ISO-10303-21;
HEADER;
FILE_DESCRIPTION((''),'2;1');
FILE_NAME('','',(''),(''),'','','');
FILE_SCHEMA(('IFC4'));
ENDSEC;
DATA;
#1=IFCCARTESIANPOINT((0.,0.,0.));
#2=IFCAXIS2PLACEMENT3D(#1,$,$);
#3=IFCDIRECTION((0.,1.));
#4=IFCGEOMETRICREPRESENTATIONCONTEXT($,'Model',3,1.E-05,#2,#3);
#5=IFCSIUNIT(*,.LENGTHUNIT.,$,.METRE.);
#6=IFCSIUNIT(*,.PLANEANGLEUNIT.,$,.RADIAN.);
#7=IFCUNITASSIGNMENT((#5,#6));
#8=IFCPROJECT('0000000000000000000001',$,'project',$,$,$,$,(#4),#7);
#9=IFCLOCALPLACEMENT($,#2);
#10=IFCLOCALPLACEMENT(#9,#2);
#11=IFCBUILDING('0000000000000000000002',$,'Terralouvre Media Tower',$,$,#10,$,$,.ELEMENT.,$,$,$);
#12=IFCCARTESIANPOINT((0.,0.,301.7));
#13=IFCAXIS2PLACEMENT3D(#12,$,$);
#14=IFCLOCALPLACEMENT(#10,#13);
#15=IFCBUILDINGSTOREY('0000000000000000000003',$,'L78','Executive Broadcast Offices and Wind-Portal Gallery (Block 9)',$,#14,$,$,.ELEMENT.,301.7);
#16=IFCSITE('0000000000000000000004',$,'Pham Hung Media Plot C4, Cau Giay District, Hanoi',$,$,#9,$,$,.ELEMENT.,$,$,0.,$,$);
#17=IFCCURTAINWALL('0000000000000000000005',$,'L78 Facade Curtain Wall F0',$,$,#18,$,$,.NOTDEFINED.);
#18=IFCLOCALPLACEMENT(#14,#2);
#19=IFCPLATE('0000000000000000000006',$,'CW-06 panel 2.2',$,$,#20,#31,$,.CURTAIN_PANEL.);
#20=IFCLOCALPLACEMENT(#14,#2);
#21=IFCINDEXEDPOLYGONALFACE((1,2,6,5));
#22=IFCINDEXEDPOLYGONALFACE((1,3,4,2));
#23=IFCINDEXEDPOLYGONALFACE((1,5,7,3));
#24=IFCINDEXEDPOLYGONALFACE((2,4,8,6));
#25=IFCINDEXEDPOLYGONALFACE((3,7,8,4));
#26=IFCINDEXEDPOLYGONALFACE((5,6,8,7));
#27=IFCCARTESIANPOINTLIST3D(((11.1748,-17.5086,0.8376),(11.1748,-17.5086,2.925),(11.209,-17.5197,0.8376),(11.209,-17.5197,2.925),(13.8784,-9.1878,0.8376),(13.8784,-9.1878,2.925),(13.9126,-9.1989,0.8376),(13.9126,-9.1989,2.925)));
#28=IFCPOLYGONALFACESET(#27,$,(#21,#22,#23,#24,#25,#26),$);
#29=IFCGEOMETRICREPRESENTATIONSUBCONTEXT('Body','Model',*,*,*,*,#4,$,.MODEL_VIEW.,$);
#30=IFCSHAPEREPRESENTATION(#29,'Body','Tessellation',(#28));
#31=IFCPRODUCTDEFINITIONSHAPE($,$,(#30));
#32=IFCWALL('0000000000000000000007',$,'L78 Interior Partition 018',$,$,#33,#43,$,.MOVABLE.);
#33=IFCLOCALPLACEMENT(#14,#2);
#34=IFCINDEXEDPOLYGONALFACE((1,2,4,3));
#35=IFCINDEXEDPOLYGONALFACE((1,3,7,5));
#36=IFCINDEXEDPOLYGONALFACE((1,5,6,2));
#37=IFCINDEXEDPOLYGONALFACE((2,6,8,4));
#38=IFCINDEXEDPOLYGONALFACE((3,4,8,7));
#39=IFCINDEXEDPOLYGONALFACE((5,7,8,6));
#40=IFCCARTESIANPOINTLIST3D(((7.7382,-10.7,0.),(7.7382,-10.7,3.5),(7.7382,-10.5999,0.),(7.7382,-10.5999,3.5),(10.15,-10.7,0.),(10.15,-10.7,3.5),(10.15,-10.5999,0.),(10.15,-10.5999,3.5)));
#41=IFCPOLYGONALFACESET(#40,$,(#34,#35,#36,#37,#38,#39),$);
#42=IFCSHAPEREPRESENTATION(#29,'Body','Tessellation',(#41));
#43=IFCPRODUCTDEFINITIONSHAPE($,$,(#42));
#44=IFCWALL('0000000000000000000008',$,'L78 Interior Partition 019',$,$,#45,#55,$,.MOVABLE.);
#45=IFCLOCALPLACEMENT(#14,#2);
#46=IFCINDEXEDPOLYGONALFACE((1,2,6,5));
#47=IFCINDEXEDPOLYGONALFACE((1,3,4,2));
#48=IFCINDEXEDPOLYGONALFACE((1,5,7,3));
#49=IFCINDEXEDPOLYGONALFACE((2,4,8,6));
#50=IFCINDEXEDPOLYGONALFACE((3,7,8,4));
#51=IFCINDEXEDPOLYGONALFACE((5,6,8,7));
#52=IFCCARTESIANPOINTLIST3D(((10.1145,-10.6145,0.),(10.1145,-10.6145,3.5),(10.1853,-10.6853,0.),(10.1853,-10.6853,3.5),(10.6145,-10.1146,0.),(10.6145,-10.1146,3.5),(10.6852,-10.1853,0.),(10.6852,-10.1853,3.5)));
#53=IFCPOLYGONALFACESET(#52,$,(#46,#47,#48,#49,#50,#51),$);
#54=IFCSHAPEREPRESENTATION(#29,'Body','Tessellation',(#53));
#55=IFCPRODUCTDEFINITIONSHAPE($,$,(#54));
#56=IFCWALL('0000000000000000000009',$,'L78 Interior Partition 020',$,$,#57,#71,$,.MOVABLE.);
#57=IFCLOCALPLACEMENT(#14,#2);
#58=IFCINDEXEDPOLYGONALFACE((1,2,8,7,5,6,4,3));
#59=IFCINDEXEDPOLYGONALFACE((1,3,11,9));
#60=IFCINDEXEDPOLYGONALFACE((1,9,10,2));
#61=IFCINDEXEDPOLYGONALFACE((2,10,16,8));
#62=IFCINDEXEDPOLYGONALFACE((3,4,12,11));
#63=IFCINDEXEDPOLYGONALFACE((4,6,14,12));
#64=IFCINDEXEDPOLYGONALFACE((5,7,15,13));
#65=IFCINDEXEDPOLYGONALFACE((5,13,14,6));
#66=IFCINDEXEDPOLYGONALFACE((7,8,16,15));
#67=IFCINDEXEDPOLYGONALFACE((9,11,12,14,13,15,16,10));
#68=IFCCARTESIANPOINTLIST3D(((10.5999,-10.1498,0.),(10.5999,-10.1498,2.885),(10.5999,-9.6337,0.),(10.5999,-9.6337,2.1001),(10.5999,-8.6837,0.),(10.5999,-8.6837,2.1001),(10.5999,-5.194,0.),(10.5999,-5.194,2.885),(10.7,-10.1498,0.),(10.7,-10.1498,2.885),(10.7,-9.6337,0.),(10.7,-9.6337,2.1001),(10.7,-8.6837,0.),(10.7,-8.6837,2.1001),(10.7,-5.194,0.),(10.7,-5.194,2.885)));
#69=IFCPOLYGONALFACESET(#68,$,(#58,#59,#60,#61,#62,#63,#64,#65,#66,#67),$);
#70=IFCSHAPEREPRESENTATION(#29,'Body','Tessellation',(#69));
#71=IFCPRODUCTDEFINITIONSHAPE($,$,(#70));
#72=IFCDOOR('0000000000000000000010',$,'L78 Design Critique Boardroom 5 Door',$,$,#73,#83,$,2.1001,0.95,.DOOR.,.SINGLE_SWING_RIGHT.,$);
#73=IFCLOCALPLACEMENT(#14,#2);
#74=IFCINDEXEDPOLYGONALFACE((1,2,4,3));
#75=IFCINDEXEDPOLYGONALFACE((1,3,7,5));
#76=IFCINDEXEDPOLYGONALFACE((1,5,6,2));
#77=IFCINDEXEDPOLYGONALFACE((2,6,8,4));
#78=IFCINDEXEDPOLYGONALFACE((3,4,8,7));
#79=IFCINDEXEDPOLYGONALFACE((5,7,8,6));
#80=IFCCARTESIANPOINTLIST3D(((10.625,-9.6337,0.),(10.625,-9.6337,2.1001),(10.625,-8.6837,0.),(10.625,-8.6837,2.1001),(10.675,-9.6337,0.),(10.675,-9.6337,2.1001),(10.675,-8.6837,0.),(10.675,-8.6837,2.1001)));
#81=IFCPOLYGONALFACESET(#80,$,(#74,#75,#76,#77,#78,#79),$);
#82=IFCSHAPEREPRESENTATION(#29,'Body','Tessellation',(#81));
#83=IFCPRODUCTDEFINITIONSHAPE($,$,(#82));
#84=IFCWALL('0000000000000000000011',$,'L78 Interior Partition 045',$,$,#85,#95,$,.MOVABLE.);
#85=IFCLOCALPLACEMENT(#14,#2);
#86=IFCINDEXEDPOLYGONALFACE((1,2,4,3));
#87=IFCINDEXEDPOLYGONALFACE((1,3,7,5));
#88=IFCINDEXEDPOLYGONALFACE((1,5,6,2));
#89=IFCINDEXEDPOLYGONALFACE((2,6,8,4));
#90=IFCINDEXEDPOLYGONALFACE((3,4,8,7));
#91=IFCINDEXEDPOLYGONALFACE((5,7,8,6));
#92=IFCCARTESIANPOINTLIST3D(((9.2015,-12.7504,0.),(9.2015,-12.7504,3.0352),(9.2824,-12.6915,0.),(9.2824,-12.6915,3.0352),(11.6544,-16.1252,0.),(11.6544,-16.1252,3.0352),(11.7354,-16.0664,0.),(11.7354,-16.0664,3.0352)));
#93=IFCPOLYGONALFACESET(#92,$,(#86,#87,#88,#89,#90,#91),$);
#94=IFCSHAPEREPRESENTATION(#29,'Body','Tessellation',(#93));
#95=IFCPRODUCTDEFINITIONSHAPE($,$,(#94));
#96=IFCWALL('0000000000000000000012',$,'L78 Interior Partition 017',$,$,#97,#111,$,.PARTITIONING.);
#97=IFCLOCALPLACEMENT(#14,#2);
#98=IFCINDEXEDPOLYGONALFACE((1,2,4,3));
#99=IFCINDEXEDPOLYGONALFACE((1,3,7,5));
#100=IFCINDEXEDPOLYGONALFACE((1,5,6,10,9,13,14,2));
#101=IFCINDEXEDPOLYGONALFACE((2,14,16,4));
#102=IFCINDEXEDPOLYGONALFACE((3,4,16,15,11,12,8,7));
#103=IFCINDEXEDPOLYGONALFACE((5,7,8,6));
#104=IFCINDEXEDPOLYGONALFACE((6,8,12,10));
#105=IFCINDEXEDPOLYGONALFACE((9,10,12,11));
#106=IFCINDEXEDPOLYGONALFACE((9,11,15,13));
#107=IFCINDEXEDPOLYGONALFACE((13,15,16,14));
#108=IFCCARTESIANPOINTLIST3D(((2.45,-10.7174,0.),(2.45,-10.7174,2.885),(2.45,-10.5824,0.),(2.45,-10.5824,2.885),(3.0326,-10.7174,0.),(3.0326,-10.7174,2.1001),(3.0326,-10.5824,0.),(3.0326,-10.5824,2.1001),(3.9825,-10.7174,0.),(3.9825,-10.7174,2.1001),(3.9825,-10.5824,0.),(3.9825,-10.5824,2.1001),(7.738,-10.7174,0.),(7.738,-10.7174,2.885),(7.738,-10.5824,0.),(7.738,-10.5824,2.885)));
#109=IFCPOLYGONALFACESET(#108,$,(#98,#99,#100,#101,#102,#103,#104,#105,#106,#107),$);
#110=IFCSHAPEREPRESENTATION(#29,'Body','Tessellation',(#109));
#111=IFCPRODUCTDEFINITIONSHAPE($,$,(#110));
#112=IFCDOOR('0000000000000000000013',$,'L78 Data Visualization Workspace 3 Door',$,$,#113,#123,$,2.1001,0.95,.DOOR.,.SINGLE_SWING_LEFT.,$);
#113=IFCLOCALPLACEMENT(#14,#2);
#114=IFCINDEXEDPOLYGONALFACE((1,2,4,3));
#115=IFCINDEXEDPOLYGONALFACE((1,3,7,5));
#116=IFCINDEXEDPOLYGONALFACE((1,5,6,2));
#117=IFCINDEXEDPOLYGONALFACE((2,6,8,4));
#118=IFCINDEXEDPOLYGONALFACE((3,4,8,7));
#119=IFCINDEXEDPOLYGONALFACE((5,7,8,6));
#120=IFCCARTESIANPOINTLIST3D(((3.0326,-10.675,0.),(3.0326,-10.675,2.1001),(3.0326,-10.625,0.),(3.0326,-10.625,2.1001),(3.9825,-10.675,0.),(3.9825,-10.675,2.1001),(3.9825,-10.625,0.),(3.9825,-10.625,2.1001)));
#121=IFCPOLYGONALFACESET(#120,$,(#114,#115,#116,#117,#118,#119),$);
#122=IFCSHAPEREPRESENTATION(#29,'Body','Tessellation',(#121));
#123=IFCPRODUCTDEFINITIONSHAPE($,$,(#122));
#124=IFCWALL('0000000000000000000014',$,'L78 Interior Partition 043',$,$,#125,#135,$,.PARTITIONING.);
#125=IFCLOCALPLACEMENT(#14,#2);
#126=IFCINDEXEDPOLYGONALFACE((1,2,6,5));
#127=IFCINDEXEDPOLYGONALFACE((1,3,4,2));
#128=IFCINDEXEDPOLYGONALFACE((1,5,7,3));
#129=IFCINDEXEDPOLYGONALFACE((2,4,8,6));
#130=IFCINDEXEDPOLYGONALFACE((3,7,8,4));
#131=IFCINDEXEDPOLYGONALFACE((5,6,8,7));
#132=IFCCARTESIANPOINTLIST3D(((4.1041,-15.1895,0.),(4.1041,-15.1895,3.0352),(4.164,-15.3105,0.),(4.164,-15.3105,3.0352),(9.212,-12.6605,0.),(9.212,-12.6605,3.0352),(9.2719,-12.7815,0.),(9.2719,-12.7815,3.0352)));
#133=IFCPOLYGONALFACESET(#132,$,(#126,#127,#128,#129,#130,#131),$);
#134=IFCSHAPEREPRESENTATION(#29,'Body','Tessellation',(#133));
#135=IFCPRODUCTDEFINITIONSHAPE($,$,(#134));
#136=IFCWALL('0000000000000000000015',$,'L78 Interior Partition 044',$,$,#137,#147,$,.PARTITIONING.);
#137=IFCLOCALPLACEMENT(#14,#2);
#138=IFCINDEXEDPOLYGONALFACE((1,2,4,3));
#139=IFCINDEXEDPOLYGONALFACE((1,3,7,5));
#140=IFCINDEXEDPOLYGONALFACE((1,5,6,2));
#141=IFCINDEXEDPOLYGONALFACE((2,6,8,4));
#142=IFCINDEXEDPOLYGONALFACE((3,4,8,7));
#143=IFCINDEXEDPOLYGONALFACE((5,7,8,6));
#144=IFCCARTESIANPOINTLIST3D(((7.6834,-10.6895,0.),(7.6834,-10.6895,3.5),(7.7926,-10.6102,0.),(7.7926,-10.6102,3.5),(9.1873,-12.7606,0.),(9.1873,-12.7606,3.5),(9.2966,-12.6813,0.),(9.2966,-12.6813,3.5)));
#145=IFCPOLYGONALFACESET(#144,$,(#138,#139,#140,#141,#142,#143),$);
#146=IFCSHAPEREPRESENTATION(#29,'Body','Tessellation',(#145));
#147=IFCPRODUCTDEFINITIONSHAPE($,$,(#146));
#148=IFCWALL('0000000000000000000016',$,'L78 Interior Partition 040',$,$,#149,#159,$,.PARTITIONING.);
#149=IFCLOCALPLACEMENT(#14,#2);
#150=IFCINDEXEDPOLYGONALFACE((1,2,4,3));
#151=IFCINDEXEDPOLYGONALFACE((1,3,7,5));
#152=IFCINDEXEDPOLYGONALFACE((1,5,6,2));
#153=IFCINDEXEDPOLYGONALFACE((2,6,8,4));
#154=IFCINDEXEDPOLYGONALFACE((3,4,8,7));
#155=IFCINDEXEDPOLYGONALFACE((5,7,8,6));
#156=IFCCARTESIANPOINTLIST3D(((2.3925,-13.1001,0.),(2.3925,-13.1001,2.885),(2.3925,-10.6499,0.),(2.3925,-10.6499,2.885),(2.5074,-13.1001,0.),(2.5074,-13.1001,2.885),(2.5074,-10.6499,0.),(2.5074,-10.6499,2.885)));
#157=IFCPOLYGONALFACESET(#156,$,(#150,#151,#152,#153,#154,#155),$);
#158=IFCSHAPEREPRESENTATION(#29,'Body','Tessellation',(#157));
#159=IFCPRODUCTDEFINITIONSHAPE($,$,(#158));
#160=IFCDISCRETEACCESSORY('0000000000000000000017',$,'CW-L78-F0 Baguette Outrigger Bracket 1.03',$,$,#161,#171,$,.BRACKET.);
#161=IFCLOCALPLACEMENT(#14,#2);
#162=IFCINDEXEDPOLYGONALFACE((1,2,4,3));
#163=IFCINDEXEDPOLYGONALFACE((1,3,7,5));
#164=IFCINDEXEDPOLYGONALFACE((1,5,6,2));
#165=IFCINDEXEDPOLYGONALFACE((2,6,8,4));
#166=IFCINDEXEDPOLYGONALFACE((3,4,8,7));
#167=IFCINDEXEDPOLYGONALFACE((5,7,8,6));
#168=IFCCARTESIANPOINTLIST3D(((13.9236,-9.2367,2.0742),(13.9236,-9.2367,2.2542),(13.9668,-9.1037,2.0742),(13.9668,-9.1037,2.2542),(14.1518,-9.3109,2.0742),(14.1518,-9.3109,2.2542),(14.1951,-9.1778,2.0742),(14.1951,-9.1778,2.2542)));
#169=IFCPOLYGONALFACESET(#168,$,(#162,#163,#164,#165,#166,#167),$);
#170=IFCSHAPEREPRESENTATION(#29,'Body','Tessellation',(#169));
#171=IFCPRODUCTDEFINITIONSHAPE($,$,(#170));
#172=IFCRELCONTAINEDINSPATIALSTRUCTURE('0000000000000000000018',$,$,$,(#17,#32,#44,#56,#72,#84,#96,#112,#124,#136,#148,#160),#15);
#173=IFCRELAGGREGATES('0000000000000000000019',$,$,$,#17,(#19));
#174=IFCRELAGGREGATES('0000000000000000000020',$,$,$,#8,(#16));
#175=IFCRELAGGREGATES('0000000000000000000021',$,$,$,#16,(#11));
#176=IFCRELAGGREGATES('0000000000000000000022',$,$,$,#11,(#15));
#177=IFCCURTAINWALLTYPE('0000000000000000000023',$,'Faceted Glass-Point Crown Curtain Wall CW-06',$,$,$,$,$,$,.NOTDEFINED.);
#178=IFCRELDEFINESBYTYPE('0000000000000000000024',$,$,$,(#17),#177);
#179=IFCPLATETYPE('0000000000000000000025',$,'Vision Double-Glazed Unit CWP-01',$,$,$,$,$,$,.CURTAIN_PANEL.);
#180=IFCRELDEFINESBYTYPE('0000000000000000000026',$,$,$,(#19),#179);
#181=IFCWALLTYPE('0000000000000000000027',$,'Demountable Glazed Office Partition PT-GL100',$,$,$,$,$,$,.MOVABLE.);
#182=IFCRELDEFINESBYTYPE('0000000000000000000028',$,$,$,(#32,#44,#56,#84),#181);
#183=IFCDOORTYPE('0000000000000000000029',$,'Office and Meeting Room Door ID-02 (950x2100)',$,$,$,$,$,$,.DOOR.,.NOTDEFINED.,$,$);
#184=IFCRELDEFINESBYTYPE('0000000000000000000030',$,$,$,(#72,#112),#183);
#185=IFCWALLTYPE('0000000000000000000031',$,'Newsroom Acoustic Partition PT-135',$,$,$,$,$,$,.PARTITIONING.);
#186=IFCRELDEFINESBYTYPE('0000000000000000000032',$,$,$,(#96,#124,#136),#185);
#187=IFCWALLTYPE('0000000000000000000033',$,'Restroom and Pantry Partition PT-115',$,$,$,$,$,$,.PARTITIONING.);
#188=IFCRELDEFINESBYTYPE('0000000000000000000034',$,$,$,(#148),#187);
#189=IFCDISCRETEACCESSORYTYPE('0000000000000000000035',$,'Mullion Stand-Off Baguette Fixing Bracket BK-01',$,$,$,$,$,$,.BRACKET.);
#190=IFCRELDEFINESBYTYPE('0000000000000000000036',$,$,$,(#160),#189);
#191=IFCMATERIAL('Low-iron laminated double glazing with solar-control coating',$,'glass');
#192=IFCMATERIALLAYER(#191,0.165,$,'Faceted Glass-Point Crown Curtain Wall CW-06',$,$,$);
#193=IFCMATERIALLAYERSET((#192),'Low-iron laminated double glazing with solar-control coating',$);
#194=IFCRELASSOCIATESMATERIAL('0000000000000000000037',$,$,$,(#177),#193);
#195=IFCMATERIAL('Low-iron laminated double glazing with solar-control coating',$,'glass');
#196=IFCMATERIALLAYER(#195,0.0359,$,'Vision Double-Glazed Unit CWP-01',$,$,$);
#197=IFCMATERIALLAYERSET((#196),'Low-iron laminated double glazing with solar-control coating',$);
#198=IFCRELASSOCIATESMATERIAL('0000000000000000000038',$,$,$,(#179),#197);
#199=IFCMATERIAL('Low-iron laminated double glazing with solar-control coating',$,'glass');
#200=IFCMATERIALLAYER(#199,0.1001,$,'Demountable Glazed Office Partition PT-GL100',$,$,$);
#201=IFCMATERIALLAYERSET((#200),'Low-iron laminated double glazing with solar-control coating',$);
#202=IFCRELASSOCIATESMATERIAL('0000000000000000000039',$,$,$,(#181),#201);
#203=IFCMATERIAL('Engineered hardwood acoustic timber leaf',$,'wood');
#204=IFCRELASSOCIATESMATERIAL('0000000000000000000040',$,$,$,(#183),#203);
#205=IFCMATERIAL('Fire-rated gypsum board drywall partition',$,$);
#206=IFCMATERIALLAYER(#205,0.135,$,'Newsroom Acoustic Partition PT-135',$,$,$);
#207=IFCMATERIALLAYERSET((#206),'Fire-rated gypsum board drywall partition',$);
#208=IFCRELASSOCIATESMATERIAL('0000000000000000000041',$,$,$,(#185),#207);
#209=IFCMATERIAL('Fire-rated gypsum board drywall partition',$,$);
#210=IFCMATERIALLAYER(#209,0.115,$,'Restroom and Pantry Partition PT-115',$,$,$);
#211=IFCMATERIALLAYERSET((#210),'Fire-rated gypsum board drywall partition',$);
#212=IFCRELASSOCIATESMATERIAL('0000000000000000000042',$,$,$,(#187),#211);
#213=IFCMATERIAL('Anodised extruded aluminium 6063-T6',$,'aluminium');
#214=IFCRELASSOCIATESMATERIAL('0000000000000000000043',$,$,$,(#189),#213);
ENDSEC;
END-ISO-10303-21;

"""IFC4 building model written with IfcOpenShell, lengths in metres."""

from ifc_helpers import new_model, si_unit, direction, frame, frame_2d, origin, origin_2d, place, context, subcontext, project, spatial, rectangle, extrude, material, layer, layer_set, type_object, element, fill, aggregate, save


model = new_model("IFC4")

# Units and contexts
model_context = context("Model", 3, precision=1e-05, world=origin(), true_north=direction((0.0, 1.0)))
body_context = subcontext(model_context, "Body", "Model", "MODEL_VIEW")
ifc_project = project(units=[si_unit("LENGTHUNIT", "METRE"), si_unit("PLANEANGLEUNIT", "RADIAN")], contexts=[model_context])

# Site, building, storey
site_placement = place(None, origin())
site = spatial("IfcSite", under=ifc_project, at=site_placement, Name="Pham Hung Media Plot C4, Cau Giay District, Hanoi", CompositionType="ELEMENT", RefElevation=0.0)
building_placement = place(site_placement, origin())
building = spatial("IfcBuilding", under=site, at=building_placement, Name="Terralouvre Media Tower", CompositionType="ELEMENT")
storey_placement = place(building_placement, frame((0.0, 0.0, 301.7)))
storey = spatial("IfcBuildingStorey", under=building, at=storey_placement, Name="L78", Description="Executive Broadcast Offices and Wind-Portal Gallery (Block 9)", CompositionType="ELEMENT", Elevation=301.7)

# Curtain wall
ifc_material_1 = material(Name="Low-iron laminated double glazing with solar-control coating", Category="glass")
ifc_layer_1 = layer(ifc_material_1, 0.165, Name="Faceted Glass-Point Crown Curtain Wall CW-06")
ifc_layer_set_1 = layer_set([ifc_layer_1], Name="Low-iron laminated double glazing with solar-control coating")
curtain_wall_type = type_object("IfcCurtainWallType", Name="Faceted Glass-Point Crown Curtain Wall CW-06", PredefinedType="NOTDEFINED", material=ifc_layer_set_1)
curtain_wall_placement = place(storey_placement, origin())
curtain_wall = element("IfcCurtainWall", 1, at=curtain_wall_placement, inside=storey, type_object=curtain_wall_type, Name="L78 Facade Curtain Wall F0", PredefinedType="NOTDEFINED")

# Plate
ifc_material_2 = material(Name="Low-iron laminated double glazing with solar-control coating", Category="glass")
ifc_layer_2 = layer(ifc_material_2, 0.0359, Name="Vision Double-Glazed Unit CWP-01")
ifc_layer_set_2 = layer_set([ifc_layer_2], Name="Low-iron laminated double glazing with solar-control coating")
plate_type = type_object("IfcPlateType", Name="Vision Double-Glazed Unit CWP-01", PredefinedType="CURTAIN_PANEL", material=ifc_layer_set_2)
plate_1_placement = place(storey_placement, frame((12.5437, -13.3538, 0.8376), z_axis=(0.0, 0.0, 1.0), x_axis=(0.309017, 0.951057, 0.0)))
plate_1 = element("IfcPlate", 2, at=plate_1_placement, type_object=plate_type, Name="CW-06 panel 2.2", PredefinedType="CURTAIN_PANEL", context=body_context, shape_type="SweptSolid", body=[
    extrude(rectangle(XDim=8.749, YDim=0.0359, at=origin_2d()), origin(), (0.0, 0.0, 1.0), 2.0874),
])
aggregate(curtain_wall, [plate_1])

# Walls
ifc_material_3 = material(Name="Low-iron laminated double glazing with solar-control coating", Category="glass")
ifc_layer_3 = layer(ifc_material_3, 0.1001, Name="Demountable Glazed Office Partition PT-GL100")
ifc_layer_set_3 = layer_set([ifc_layer_3], Name="Low-iron laminated double glazing with solar-control coating")
wall_type_1 = type_object("IfcWallType", Name="Demountable Glazed Office Partition PT-GL100", PredefinedType="MOVABLE", material=ifc_layer_set_3)
wall_1_placement = place(storey_placement, frame((7.738, -10.6499, 0.0), z_axis=(0.0, 0.0, 1.0), x_axis=(1.0, 0.0, 0.0)))
element("IfcWall", 3, at=wall_1_placement, inside=storey, type_object=wall_type_1, Name="L78 Interior Partition 018", PredefinedType="MOVABLE", context=body_context, shape_type="SweptSolid", body=[
    extrude(rectangle(XDim=2.4119, YDim=0.1001, at=frame_2d((1.2061, 0.0))), origin(), (0.0, 0.0, 1.0), 3.5),
])
wall_2_placement = place(storey_placement, frame((10.1499, -10.6499, 0.0), z_axis=(0.0, 0.0, 1.0), x_axis=(0.707107, 0.707107, 0.0)))
element("IfcWall", 4, at=wall_2_placement, inside=storey, type_object=wall_type_1, Name="L78 Interior Partition 019", PredefinedType="MOVABLE", context=body_context, shape_type="SweptSolid", body=[
    extrude(rectangle(XDim=0.707, YDim=0.1001, at=frame_2d((0.3535, 0.0))), origin(), (0.0, 0.0, 1.0), 3.5),
])

# Wall, opening, door
wall_3_placement = place(storey_placement, frame((10.6499, -10.1499, 0.0), z_axis=(0.0, 0.0, 1.0), x_axis=(0.0, 1.0, 0.0)))
wall_3 = element("IfcWall", 5, at=wall_3_placement, inside=storey, type_object=wall_type_1, Name="L78 Interior Partition 020", PredefinedType="MOVABLE", context=body_context, shape_type="SweptSolid", body=[
    extrude(rectangle(XDim=4.9558, YDim=0.1001, at=frame_2d((2.478, 0.0))), origin(), (0.0, 0.0, 1.0), 2.885),
])
opening_1_placement = place(wall_3_placement, frame((0.5161, 0.0, 0.0)))
opening_1 = element("IfcOpeningElement", 6, at=opening_1_placement, cuts=wall_3, PredefinedType="OPENING", context=body_context, shape_type="SweptSolid", body=[
    extrude(rectangle(XDim=0.95, YDim=2.1001, at=frame_2d((0.4751, 1.05))), frame((0.0, 0.0601, 0.0), z_axis=(0.0, -1.0, 0.0), x_axis=(1.0, 0.0, 0.0)), (0.0, 0.0, 1.0), 0.1201),
])
ifc_material_4 = material(Name="Engineered hardwood acoustic timber leaf", Category="wood")
door_type = type_object("IfcDoorType", Name="Office and Meeting Room Door ID-02 (950x2100)", OperationType="NOTDEFINED", PredefinedType="DOOR", material=ifc_material_4)
door_1_placement = place(opening_1_placement, origin())
door_1 = element("IfcDoor", 7, at=door_1_placement, inside=storey, type_object=door_type, Name="L78 Design Critique Boardroom 5 Door", OperationType="SINGLE_SWING_RIGHT", OverallHeight=2.1001, OverallWidth=0.95, PredefinedType="DOOR", context=body_context, shape_type="SweptSolid", body=[
    extrude(rectangle(XDim=0.95, YDim=2.1001, at=frame_2d((0.4751, 1.05))), frame((0.0, 0.0249, 0.0), z_axis=(0.0, -1.0, 0.0), x_axis=(1.0, 0.0, 0.0)), (0.0, 0.0, 1.0), 0.05),
])
fill(opening_1, door_1)

# Wall
wall_4_placement = place(storey_placement, frame((11.6948, -16.0957, 0.0), z_axis=(0.0, 0.0, 1.0), x_axis=(-0.587939, 0.808906, 0.0)))
element("IfcWall", 8, at=wall_4_placement, inside=storey, type_object=wall_type_1, Name="L78 Interior Partition 045", PredefinedType="MOVABLE", context=body_context, shape_type="SweptSolid", body=[
    extrude(rectangle(XDim=4.1721, YDim=0.1001, at=frame_2d((2.0859, 0.0))), origin(), (0.0, 0.0, 1.0), 3.0352),
])

# Wall, opening, door
ifc_material_5 = material(Name="Fire-rated gypsum board drywall partition")
ifc_layer_4 = layer(ifc_material_5, 0.135, Name="Newsroom Acoustic Partition PT-135")
ifc_layer_set_4 = layer_set([ifc_layer_4], Name="Fire-rated gypsum board drywall partition")
wall_type_2 = type_object("IfcWallType", Name="Newsroom Acoustic Partition PT-135", PredefinedType="PARTITIONING", material=ifc_layer_set_4)
wall_5_placement = place(storey_placement, frame((2.45, -10.6499, 0.0), z_axis=(0.0, 0.0, 1.0), x_axis=(1.0, 0.0, 0.0)))
wall_5 = element("IfcWall", 9, at=wall_5_placement, inside=storey, type_object=wall_type_2, Name="L78 Interior Partition 017", PredefinedType="PARTITIONING", context=body_context, shape_type="SweptSolid", body=[
    extrude(rectangle(XDim=5.2881, YDim=0.135, at=frame_2d((2.644, 0.0))), origin(), (0.0, 0.0, 1.0), 2.885),
])
opening_2_placement = place(wall_5_placement, frame((0.5825, 0.0, 0.0)))
opening_2 = element("IfcOpeningElement", 10, at=opening_2_placement, cuts=wall_5, PredefinedType="OPENING", context=body_context, shape_type="SweptSolid", body=[
    extrude(rectangle(XDim=0.95, YDim=2.1001, at=frame_2d((0.4751, 1.05))), frame((0.0, 0.0774, 0.0), z_axis=(0.0, -1.0, 0.0), x_axis=(1.0, 0.0, 0.0)), (0.0, 0.0, 1.0), 0.155),
])
door_2_placement = place(opening_2_placement, origin())
door_2 = element("IfcDoor", 11, at=door_2_placement, inside=storey, type_object=door_type, Name="L78 Data Visualization Workspace 3 Door", OperationType="SINGLE_SWING_LEFT", OverallHeight=2.1001, OverallWidth=0.95, PredefinedType="DOOR", context=body_context, shape_type="SweptSolid", body=[
    extrude(rectangle(XDim=0.95, YDim=2.1001, at=frame_2d((0.4751, 1.05))), frame((0.0, 0.0249, 0.0), z_axis=(0.0, -1.0, 0.0), x_axis=(1.0, 0.0, 0.0)), (0.0, 0.0, 1.0), 0.05),
])
fill(opening_2, door_2)

# Walls
wall_6_placement = place(storey_placement, frame((4.134, -15.25, 0.0), z_axis=(0.0, 0.0, 1.0), x_axis=(0.896168, 0.443715, 0.0)))
element("IfcWall", 12, at=wall_6_placement, inside=storey, type_object=wall_type_2, Name="L78 Interior Partition 043", PredefinedType="PARTITIONING", context=body_context, shape_type="SweptSolid", body=[
    extrude(rectangle(XDim=5.6997, YDim=0.135, at=frame_2d((2.8499, 0.0))), origin(), (0.0, 0.0, 1.0), 3.0352),
])
wall_7_placement = place(storey_placement, frame((9.2419, -12.7209, 0.0), z_axis=(0.0, 0.0, 1.0), x_axis=(-0.587582, 0.809165, 0.0)))
element("IfcWall", 13, at=wall_7_placement, inside=storey, type_object=wall_type_2, Name="L78 Interior Partition 044", PredefinedType="PARTITIONING", context=body_context, shape_type="SweptSolid", body=[
    extrude(rectangle(XDim=2.5596, YDim=0.135, at=frame_2d((1.2798, 0.0))), origin(), (0.0, 0.0, 1.0), 3.5),
])
ifc_material_6 = material(Name="Fire-rated gypsum board drywall partition")
ifc_layer_5 = layer(ifc_material_6, 0.115, Name="Restroom and Pantry Partition PT-115")
ifc_layer_set_5 = layer_set([ifc_layer_5], Name="Fire-rated gypsum board drywall partition")
wall_type_3 = type_object("IfcWallType", Name="Restroom and Pantry Partition PT-115", PredefinedType="PARTITIONING", material=ifc_layer_set_5)
wall_8_placement = place(storey_placement, frame((2.45, -13.1001, 0.0), z_axis=(0.0, 0.0, 1.0), x_axis=(0.0, 1.0, 0.0)))
element("IfcWall", 14, at=wall_8_placement, inside=storey, type_object=wall_type_3, Name="L78 Interior Partition 040", PredefinedType="PARTITIONING", context=body_context, shape_type="SweptSolid", body=[
    extrude(rectangle(XDim=2.4502, YDim=0.115, at=frame_2d((1.2251, 0.0))), origin(), (0.0, 0.0, 1.0), 2.885),
])

# Discrete accessory
ifc_material_7 = material(Name="Anodised extruded aluminium 6063-T6", Category="aluminium")
discrete_accessory_type = type_object("IfcDiscreteAccessoryType", Name="Mullion Stand-Off Baguette Fixing Bracket BK-01", PredefinedType="BRACKET", material=ifc_material_7)
discrete_accessory_placement = place(storey_placement, frame((14.0593, -9.2073, 2.0742), z_axis=(0.0, 0.0, 1.0), x_axis=(0.309017, 0.951057, 0.0)))
element("IfcDiscreteAccessory", 15, at=discrete_accessory_placement, inside=storey, type_object=discrete_accessory_type, Name="CW-L78-F0 Baguette Outrigger Bracket 1.03", PredefinedType="BRACKET", context=body_context, shape_type="SweptSolid", body=[
    extrude(rectangle(XDim=0.1399, YDim=0.24, at=origin_2d()), origin(), (0.0, 0.0, 1.0), 0.1799),
])

save(model, "model.ifc")
